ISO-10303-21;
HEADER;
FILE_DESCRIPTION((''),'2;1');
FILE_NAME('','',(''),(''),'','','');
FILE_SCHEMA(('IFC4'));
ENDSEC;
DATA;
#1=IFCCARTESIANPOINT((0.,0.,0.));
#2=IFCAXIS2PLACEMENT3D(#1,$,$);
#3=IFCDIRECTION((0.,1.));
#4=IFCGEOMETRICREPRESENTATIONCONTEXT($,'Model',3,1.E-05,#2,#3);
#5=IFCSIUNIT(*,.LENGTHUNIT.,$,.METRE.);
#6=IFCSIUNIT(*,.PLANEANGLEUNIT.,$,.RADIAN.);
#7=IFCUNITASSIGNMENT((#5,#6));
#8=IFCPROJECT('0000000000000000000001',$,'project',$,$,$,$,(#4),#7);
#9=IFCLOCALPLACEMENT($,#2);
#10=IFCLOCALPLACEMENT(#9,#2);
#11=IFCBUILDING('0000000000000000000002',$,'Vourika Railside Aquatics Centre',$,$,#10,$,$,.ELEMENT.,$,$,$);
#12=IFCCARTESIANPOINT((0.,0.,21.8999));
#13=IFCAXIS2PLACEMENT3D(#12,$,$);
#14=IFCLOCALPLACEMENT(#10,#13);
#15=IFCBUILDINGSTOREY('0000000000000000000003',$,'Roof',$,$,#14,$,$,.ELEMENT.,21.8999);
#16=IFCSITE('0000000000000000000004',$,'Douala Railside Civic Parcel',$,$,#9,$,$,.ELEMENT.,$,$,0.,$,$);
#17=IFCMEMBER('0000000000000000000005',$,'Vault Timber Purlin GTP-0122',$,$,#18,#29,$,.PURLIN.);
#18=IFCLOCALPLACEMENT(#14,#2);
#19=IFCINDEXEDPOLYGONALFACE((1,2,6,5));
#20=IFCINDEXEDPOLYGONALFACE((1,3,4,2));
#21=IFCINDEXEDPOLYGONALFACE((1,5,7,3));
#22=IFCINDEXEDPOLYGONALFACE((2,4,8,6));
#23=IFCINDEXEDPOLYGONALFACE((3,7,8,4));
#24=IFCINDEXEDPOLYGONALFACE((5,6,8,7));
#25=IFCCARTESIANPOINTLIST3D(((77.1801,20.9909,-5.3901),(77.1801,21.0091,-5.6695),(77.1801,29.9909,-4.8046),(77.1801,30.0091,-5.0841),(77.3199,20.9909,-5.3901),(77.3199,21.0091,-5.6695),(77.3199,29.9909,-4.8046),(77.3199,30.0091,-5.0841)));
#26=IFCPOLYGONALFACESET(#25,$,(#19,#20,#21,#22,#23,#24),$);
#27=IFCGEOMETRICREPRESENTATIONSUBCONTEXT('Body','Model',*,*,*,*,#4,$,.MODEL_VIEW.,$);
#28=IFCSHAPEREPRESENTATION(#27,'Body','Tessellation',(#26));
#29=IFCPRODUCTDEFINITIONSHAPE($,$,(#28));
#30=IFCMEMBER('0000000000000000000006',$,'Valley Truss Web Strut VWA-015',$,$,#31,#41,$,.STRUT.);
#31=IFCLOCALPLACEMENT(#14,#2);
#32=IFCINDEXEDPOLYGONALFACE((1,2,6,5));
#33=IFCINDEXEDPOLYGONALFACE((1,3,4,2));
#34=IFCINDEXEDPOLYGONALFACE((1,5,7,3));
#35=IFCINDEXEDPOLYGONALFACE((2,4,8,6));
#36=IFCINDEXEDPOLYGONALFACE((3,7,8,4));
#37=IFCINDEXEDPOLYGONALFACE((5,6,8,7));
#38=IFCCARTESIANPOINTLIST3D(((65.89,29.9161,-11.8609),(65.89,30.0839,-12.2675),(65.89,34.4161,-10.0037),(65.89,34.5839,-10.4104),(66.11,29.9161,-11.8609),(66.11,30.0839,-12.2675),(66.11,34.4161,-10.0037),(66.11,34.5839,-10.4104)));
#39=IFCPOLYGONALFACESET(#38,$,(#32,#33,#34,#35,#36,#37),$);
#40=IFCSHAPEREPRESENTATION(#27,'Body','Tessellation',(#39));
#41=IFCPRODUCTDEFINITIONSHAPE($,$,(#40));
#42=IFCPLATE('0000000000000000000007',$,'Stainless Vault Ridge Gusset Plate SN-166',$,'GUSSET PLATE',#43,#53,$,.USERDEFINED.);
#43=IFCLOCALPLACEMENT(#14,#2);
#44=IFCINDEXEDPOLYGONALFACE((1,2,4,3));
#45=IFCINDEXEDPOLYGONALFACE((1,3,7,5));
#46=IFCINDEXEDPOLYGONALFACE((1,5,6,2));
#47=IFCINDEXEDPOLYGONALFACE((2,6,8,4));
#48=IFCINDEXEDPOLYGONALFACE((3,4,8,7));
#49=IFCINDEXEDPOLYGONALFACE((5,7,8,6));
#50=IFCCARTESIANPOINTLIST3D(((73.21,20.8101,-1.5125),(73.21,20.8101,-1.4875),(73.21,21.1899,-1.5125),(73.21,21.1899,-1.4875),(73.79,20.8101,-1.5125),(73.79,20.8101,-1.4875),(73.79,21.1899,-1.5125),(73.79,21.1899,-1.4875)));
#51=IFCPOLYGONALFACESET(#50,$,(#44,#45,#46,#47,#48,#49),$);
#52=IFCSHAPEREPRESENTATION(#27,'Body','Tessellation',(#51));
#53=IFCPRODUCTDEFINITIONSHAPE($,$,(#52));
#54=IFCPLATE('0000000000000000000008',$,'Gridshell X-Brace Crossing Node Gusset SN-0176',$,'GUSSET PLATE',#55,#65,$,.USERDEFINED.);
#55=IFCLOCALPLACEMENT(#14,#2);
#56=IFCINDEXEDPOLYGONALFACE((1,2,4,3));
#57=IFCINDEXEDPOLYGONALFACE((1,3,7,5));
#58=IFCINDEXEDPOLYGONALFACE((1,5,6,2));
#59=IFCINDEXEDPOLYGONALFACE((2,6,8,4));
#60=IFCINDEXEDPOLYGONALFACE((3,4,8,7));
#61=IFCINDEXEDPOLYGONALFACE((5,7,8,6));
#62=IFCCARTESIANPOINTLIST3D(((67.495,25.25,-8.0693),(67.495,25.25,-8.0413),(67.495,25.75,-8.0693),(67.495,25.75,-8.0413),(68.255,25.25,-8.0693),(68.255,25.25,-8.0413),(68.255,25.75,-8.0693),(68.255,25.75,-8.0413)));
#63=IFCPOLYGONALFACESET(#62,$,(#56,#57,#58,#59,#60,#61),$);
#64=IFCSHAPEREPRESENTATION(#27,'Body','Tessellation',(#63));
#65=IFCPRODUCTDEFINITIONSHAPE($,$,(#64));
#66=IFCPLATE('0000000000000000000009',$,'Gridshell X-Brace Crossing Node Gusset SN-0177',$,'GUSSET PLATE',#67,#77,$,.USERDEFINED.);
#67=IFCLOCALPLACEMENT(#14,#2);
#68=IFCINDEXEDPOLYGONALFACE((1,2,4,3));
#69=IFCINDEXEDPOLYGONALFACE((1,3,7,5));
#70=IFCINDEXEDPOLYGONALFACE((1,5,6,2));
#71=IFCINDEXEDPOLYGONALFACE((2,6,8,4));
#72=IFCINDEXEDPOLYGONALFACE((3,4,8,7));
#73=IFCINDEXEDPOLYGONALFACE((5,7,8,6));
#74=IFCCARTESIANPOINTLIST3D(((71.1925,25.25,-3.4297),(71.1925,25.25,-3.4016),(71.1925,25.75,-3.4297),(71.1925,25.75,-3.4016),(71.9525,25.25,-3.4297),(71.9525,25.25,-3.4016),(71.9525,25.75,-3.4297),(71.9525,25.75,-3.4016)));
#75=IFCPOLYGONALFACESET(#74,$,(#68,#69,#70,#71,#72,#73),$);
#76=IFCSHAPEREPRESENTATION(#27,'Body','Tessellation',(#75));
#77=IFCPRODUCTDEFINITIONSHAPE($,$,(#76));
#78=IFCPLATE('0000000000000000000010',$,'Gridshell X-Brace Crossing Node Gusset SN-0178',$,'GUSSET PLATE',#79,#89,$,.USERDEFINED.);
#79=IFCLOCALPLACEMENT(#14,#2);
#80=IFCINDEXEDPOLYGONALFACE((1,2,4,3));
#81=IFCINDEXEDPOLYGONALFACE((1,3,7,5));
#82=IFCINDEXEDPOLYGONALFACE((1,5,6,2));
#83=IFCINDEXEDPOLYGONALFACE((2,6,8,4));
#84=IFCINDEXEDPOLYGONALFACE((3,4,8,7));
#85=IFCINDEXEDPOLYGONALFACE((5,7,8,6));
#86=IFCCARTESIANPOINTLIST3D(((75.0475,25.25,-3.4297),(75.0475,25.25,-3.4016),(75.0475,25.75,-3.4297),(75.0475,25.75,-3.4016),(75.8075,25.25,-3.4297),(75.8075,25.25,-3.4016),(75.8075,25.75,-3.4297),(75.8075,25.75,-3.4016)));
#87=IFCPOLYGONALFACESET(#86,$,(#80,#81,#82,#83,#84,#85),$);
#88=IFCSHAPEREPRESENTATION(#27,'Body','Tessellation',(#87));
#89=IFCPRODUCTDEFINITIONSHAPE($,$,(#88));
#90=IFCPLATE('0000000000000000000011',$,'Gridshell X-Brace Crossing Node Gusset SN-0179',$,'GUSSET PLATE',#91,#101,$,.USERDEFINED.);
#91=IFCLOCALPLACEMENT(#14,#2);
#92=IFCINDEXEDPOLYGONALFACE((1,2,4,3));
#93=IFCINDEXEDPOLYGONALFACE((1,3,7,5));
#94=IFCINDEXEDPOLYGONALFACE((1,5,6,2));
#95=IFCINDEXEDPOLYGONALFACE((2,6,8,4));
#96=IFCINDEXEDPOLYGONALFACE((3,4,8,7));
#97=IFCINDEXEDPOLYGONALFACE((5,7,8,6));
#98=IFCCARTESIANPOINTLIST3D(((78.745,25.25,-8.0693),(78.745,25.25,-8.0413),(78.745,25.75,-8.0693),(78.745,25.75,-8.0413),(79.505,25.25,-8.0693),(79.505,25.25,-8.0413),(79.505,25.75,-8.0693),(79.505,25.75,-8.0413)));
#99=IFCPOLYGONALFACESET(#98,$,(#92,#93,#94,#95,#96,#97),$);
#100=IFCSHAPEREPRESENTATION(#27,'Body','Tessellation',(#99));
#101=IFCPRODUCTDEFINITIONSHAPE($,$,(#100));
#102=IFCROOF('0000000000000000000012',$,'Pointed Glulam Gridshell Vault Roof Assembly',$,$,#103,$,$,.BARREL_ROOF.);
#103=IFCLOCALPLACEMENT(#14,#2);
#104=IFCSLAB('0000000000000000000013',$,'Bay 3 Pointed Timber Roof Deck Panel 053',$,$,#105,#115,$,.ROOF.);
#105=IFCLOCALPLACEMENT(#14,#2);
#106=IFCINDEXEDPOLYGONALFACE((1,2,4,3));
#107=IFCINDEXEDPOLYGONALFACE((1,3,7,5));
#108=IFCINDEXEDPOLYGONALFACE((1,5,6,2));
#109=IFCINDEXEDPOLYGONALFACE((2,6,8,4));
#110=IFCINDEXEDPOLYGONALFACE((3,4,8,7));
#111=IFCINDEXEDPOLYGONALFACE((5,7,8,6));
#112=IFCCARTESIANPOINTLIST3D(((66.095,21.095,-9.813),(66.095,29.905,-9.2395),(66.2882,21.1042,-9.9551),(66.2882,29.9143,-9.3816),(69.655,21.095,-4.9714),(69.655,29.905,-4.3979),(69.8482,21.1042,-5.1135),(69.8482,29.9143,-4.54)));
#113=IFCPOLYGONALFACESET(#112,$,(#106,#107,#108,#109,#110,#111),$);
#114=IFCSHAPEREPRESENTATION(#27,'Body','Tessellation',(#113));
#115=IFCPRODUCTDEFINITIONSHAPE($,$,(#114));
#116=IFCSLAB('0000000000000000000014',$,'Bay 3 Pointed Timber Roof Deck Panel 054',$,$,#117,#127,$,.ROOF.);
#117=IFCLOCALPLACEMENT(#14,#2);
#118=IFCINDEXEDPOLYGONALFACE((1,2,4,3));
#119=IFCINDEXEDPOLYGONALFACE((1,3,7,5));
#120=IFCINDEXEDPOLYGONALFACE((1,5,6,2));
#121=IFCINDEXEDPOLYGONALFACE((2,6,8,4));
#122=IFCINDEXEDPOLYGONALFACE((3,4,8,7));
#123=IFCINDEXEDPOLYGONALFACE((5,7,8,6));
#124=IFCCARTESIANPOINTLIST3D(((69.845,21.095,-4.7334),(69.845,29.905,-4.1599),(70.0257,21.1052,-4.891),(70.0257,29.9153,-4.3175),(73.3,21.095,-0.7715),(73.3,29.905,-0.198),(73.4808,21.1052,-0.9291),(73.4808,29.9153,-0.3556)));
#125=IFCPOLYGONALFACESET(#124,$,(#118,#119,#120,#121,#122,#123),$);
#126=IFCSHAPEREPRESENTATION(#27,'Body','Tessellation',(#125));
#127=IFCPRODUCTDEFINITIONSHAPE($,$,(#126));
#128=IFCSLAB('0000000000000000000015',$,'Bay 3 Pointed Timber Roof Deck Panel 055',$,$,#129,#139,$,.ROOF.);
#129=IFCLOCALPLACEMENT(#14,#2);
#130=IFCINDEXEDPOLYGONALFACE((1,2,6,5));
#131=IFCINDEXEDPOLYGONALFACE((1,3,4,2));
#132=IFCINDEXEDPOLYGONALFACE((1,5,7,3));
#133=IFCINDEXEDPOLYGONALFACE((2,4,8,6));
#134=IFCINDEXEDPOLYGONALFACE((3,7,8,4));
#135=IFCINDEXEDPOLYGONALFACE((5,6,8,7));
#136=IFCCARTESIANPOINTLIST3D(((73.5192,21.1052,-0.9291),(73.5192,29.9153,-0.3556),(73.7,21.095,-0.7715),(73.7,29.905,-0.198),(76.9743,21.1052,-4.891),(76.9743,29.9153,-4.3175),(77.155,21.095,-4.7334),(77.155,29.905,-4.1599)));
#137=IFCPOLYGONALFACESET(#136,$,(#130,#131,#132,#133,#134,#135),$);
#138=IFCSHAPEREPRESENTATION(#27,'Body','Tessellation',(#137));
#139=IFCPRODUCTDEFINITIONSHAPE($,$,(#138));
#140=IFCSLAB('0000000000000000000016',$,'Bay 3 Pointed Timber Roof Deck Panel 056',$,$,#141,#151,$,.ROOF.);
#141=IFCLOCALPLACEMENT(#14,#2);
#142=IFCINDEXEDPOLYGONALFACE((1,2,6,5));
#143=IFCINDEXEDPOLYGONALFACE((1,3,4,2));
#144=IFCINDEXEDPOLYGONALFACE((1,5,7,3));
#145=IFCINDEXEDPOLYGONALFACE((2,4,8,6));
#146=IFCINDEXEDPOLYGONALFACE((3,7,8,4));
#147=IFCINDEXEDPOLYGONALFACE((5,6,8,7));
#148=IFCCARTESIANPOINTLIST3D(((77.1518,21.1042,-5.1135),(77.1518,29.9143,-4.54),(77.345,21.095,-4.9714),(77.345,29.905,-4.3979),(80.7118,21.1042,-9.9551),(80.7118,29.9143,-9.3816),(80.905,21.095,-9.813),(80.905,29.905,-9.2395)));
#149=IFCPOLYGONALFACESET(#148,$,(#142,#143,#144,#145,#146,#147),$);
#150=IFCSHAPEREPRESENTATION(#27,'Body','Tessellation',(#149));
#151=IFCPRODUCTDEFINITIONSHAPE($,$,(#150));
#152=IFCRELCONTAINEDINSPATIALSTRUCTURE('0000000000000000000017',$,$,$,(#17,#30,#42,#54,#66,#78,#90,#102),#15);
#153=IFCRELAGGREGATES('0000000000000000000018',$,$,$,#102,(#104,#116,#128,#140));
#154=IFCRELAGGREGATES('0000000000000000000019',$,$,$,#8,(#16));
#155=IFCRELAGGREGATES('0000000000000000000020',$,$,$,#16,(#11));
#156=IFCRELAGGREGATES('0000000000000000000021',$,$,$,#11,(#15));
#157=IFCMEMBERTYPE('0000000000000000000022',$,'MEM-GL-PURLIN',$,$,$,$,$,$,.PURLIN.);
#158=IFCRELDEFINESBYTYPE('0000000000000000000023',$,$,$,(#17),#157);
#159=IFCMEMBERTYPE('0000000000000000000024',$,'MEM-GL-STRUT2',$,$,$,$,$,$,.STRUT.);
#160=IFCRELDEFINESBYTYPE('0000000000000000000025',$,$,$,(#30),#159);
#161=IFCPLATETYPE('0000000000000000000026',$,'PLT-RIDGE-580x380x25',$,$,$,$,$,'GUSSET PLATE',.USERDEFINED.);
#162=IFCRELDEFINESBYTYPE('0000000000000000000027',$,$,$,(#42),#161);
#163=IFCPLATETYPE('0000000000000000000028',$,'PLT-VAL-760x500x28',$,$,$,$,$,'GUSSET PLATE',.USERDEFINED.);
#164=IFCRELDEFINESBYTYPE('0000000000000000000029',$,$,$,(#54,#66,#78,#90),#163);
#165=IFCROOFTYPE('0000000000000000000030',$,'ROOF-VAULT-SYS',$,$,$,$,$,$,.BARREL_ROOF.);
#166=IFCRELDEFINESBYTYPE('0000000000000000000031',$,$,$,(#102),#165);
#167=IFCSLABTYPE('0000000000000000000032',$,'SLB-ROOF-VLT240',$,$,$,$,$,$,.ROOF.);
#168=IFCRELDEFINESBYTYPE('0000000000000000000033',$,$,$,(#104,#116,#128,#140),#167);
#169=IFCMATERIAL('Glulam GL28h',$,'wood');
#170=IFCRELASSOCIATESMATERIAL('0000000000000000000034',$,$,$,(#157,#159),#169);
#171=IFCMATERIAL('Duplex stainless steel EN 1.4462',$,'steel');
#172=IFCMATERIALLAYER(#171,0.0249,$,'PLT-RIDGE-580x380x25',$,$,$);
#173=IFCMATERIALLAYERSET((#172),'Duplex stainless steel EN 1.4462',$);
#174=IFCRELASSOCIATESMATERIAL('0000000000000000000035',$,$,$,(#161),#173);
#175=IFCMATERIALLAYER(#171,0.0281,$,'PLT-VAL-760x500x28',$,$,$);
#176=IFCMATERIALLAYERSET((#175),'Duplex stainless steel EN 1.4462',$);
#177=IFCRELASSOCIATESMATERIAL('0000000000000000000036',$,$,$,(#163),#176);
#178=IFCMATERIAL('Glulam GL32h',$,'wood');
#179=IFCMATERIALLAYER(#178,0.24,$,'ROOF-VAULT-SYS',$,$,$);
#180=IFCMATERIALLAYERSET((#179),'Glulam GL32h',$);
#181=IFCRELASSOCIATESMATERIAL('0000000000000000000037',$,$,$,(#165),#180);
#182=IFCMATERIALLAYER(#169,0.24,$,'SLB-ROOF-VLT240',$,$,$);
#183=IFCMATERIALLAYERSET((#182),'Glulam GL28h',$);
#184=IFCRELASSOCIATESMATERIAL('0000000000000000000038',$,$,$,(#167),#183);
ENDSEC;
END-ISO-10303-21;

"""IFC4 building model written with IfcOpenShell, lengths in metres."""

from ifc_helpers import new_model, si_unit, direction, frame, origin, origin_2d, place, context, subcontext, project, spatial, polyline, rectangle, outline, extrude, material, layer, layer_set, material_profile, profile_set, type_object, element, aggregate, save


model = new_model("IFC4")

# Units and contexts
model_context = context("Model", 3, precision=1e-05, world=origin(), true_north=direction((0.0, 1.0)))
body_context = subcontext(model_context, "Body", "Model", "MODEL_VIEW")
ifc_project = project(units=[si_unit("LENGTHUNIT", "METRE"), si_unit("PLANEANGLEUNIT", "RADIAN")], contexts=[model_context])

# Site, building, storey
site_placement = place(None, origin())
site = spatial("IfcSite", under=ifc_project, at=site_placement, Name="Douala Railside Civic Parcel", CompositionType="ELEMENT", RefElevation=0.0)
building_placement = place(site_placement, origin())
building = spatial("IfcBuilding", under=site, at=building_placement, Name="Vourika Railside Aquatics Centre", CompositionType="ELEMENT")
storey_placement = place(building_placement, frame((0.0, 0.0, 21.8999)))
storey = spatial("IfcBuildingStorey", under=building, at=storey_placement, Name="Roof", CompositionType="ELEMENT", Elevation=21.8999)

# Shared definitions
ifc_material_1 = material(Name="Glulam GL32h", Category="wood")

# Members
ifc_material_2 = material(Name="Glulam GL28h", Category="wood")
ifc_material_profile_1 = material_profile(ifc_material_2, rectangle(XDim=0.1399, YDim=0.28, at=origin_2d()), Name="GL28h 140x280")
ifc_profile_set_1 = profile_set([ifc_material_profile_1], Name="Glulam GL28h")
member_type_1 = type_object("IfcMemberType", Name="MEM-GL-PURLIN", PredefinedType="PURLIN", material=ifc_profile_set_1)
for number, where, z_axis, x_axis, name in (
    (1, (77.25, 21.0, -5.5298), (0.0, 0.997891, 0.064913), (-1.0, 0.0, 0.0), "Vault Timber Purlin GTP-0122"),
):
    element("IfcMember", number, at=place(storey_placement, frame(where, z_axis=z_axis, x_axis=x_axis)), inside=storey, type_object=member_type_1, Name=name, PredefinedType="PURLIN", context=body_context, shape_type="SweptSolid", body=[
        extrude(rectangle(XDim=0.1399, YDim=0.28, at=origin_2d()), origin(), (0.0, 0.0, 1.0), 9.019),
    ])
ifc_material_profile_2 = material_profile(ifc_material_2, rectangle(XDim=0.22, YDim=0.4399, at=origin_2d()), Name="GL28h 220x440")
ifc_profile_set_2 = profile_set([ifc_material_profile_2], Name="Glulam GL28h")
member_type_2 = type_object("IfcMemberType", Name="MEM-GL-STRUT2", PredefinedType="STRUT", material=ifc_profile_set_2)
member_1_placement = place(storey_placement, frame((66.0, 30.0, -12.0642), z_axis=(0.0, 0.924371, 0.381494), x_axis=(-1.0, 0.0, 0.0)))
element("IfcMember", 2, at=member_1_placement, inside=storey, type_object=member_type_2, Name="Valley Truss Web Strut VWA-015", PredefinedType="STRUT", context=body_context, shape_type="SweptSolid", body=[
    extrude(rectangle(XDim=0.22, YDim=0.4399, at=origin_2d()), origin(), (0.0, 0.0, 1.0), 4.8682),
])

# Plates
ifc_material_3 = material(Name="Duplex stainless steel EN 1.4462", Category="steel")
ifc_layer_1 = layer(ifc_material_3, 0.0249, Name="PLT-RIDGE-580x380x25")
ifc_layer_set_1 = layer_set([ifc_layer_1], Name="Duplex stainless steel EN 1.4462")
plate_type_1 = type_object("IfcPlateType", Name="PLT-RIDGE-580x380x25", ElementType="GUSSET PLATE", PredefinedType="USERDEFINED", material=ifc_layer_set_1)
plate_placement = place(storey_placement, frame((73.5, 21.0, -1.5125), z_axis=(0.0, 0.0, 1.0), x_axis=(1.0, 0.0, 0.0)))
element("IfcPlate", 3, at=plate_placement, inside=storey, type_object=plate_type_1, Name="Stainless Vault Ridge Gusset Plate SN-166", ObjectType="GUSSET PLATE", PredefinedType="USERDEFINED", context=body_context, shape_type="SweptSolid", body=[
    extrude(rectangle(XDim=0.5801, YDim=0.3799, at=origin_2d()), origin(), (0.0, 0.0, 1.0), 0.0249),
])
ifc_layer_2 = layer(ifc_material_3, 0.0281, Name="PLT-VAL-760x500x28")
ifc_layer_set_2 = layer_set([ifc_layer_2], Name="Duplex stainless steel EN 1.4462")
plate_type_2 = type_object("IfcPlateType", Name="PLT-VAL-760x500x28", ElementType="GUSSET PLATE", PredefinedType="USERDEFINED", material=ifc_layer_set_2)
for number, where, z_axis, x_axis, name in (
    (4, (67.875, 25.5, -8.0693), (0.0, 0.0, 1.0), (1.0, 0.0, 0.0), "Gridshell X-Brace Crossing Node Gusset SN-0176"),
    (5, (71.5725, 25.5, -3.4297), (0.0, 0.0, 1.0), (1.0, 0.0, 0.0), "Gridshell X-Brace Crossing Node Gusset SN-0177"),
    (6, (75.4275, 25.5, -3.4297), (0.0, 0.0, 1.0), (1.0, 0.0, 0.0), "Gridshell X-Brace Crossing Node Gusset SN-0178"),
    (7, (79.125, 25.5, -8.0693), (0.0, 0.0, 1.0), (1.0, 0.0, 0.0), "Gridshell X-Brace Crossing Node Gusset SN-0179"),
):
    element("IfcPlate", number, at=place(storey_placement, frame(where, z_axis=z_axis, x_axis=x_axis)), inside=storey, type_object=plate_type_2, Name=name, ObjectType="GUSSET PLATE", PredefinedType="USERDEFINED", context=body_context, shape_type="SweptSolid", body=[
        extrude(rectangle(XDim=0.76, YDim=0.5, at=origin_2d()), origin(), (0.0, 0.0, 1.0), 0.0281),
    ])

# Roof, slabs
ifc_layer_3 = layer(ifc_material_1, 0.24, Name="ROOF-VAULT-SYS")
ifc_layer_set_3 = layer_set([ifc_layer_3], Name="Glulam GL32h")
roof_type = type_object("IfcRoofType", Name="ROOF-VAULT-SYS", PredefinedType="BARREL_ROOF", material=ifc_layer_set_3)
roof_placement = place(storey_placement, origin())
roof = element("IfcRoof", 8, at=roof_placement, inside=storey, type_object=roof_type, Name="Pointed Glulam Gridshell Vault Roof Assembly", PredefinedType="BARREL_ROOF")
ifc_layer_4 = layer(ifc_material_2, 0.24, Name="SLB-ROOF-VLT240")
ifc_layer_set_4 = layer_set([ifc_layer_4], Name="Glulam GL28h")
slab_type = type_object("IfcSlabType", Name="SLB-ROOF-VLT240", PredefinedType="ROOF", material=ifc_layer_set_4)
slab_1_placement = place(storey_placement, frame((66.095, 21.095, -9.813), z_axis=(-0.805045, -0.038533, 0.591961), x_axis=(0.592401, 0.0, 0.805644)))
slab_1 = element("IfcSlab", 9, at=slab_1_placement, type_object=slab_type, Name="Bay 3 Pointed Timber Roof Deck Panel 053", PredefinedType="ROOF", context=body_context, shape_type="SweptSolid", body=[
    extrude(outline(polyline([(0.0, 0.0), (6.0095, 0.0), (6.4716, 8.8166), (0.462, 8.8166), (0.0, 0.0)])), origin(), (0.0, 0.0, -1.0), 0.24),
])
slab_2_placement = place(storey_placement, frame((69.845, 21.095, -4.7334), z_axis=(-0.75298, -0.042745, 0.656654), x_axis=(0.657254, 0.0, 0.753669)))
slab_2 = element("IfcSlab", 10, at=slab_2_placement, type_object=slab_type, Name="Bay 3 Pointed Timber Roof Deck Panel 054", PredefinedType="ROOF", context=body_context, shape_type="SweptSolid", body=[
    extrude(outline(polyline([(0.0, 0.0), (5.2568, 0.0), (5.6891, 8.8181), (0.4322, 8.8181), (0.0, 0.0)])), origin(), (0.0, 0.0, -1.0), 0.24),
])
slab_3_placement = place(storey_placement, frame((73.7, 21.095, -0.7715), z_axis=(0.75298, -0.042745, 0.656654), x_axis=(0.657254, 0.0, -0.753669)))
slab_3 = element("IfcSlab", 11, at=slab_3_placement, type_object=slab_type, Name="Bay 3 Pointed Timber Roof Deck Panel 055", PredefinedType="ROOF", context=body_context, shape_type="SweptSolid", body=[
    extrude(outline(polyline([(0.0, 0.0), (5.2568, 0.0), (4.8246, 8.8181), (-0.4322, 8.8181), (0.0, 0.0)])), origin(), (0.0, 0.0, -1.0), 0.24),
])
slab_4_placement = place(storey_placement, frame((77.345, 21.095, -4.9714), z_axis=(0.805045, -0.038533, 0.591961), x_axis=(0.592401, 0.0, -0.805644)))
slab_4 = element("IfcSlab", 12, at=slab_4_placement, type_object=slab_type, Name="Bay 3 Pointed Timber Roof Deck Panel 056", PredefinedType="ROOF", context=body_context, shape_type="SweptSolid", body=[
    extrude(outline(polyline([(0.0, 0.0), (6.0095, 0.0), (5.5475, 8.8166), (-0.462, 8.8166), (0.0, 0.0)])), origin(), (0.0, 0.0, -1.0), 0.24),
])
aggregate(roof, [slab_1, slab_2, slab_3, slab_4])

save(model, "model.ifc")
